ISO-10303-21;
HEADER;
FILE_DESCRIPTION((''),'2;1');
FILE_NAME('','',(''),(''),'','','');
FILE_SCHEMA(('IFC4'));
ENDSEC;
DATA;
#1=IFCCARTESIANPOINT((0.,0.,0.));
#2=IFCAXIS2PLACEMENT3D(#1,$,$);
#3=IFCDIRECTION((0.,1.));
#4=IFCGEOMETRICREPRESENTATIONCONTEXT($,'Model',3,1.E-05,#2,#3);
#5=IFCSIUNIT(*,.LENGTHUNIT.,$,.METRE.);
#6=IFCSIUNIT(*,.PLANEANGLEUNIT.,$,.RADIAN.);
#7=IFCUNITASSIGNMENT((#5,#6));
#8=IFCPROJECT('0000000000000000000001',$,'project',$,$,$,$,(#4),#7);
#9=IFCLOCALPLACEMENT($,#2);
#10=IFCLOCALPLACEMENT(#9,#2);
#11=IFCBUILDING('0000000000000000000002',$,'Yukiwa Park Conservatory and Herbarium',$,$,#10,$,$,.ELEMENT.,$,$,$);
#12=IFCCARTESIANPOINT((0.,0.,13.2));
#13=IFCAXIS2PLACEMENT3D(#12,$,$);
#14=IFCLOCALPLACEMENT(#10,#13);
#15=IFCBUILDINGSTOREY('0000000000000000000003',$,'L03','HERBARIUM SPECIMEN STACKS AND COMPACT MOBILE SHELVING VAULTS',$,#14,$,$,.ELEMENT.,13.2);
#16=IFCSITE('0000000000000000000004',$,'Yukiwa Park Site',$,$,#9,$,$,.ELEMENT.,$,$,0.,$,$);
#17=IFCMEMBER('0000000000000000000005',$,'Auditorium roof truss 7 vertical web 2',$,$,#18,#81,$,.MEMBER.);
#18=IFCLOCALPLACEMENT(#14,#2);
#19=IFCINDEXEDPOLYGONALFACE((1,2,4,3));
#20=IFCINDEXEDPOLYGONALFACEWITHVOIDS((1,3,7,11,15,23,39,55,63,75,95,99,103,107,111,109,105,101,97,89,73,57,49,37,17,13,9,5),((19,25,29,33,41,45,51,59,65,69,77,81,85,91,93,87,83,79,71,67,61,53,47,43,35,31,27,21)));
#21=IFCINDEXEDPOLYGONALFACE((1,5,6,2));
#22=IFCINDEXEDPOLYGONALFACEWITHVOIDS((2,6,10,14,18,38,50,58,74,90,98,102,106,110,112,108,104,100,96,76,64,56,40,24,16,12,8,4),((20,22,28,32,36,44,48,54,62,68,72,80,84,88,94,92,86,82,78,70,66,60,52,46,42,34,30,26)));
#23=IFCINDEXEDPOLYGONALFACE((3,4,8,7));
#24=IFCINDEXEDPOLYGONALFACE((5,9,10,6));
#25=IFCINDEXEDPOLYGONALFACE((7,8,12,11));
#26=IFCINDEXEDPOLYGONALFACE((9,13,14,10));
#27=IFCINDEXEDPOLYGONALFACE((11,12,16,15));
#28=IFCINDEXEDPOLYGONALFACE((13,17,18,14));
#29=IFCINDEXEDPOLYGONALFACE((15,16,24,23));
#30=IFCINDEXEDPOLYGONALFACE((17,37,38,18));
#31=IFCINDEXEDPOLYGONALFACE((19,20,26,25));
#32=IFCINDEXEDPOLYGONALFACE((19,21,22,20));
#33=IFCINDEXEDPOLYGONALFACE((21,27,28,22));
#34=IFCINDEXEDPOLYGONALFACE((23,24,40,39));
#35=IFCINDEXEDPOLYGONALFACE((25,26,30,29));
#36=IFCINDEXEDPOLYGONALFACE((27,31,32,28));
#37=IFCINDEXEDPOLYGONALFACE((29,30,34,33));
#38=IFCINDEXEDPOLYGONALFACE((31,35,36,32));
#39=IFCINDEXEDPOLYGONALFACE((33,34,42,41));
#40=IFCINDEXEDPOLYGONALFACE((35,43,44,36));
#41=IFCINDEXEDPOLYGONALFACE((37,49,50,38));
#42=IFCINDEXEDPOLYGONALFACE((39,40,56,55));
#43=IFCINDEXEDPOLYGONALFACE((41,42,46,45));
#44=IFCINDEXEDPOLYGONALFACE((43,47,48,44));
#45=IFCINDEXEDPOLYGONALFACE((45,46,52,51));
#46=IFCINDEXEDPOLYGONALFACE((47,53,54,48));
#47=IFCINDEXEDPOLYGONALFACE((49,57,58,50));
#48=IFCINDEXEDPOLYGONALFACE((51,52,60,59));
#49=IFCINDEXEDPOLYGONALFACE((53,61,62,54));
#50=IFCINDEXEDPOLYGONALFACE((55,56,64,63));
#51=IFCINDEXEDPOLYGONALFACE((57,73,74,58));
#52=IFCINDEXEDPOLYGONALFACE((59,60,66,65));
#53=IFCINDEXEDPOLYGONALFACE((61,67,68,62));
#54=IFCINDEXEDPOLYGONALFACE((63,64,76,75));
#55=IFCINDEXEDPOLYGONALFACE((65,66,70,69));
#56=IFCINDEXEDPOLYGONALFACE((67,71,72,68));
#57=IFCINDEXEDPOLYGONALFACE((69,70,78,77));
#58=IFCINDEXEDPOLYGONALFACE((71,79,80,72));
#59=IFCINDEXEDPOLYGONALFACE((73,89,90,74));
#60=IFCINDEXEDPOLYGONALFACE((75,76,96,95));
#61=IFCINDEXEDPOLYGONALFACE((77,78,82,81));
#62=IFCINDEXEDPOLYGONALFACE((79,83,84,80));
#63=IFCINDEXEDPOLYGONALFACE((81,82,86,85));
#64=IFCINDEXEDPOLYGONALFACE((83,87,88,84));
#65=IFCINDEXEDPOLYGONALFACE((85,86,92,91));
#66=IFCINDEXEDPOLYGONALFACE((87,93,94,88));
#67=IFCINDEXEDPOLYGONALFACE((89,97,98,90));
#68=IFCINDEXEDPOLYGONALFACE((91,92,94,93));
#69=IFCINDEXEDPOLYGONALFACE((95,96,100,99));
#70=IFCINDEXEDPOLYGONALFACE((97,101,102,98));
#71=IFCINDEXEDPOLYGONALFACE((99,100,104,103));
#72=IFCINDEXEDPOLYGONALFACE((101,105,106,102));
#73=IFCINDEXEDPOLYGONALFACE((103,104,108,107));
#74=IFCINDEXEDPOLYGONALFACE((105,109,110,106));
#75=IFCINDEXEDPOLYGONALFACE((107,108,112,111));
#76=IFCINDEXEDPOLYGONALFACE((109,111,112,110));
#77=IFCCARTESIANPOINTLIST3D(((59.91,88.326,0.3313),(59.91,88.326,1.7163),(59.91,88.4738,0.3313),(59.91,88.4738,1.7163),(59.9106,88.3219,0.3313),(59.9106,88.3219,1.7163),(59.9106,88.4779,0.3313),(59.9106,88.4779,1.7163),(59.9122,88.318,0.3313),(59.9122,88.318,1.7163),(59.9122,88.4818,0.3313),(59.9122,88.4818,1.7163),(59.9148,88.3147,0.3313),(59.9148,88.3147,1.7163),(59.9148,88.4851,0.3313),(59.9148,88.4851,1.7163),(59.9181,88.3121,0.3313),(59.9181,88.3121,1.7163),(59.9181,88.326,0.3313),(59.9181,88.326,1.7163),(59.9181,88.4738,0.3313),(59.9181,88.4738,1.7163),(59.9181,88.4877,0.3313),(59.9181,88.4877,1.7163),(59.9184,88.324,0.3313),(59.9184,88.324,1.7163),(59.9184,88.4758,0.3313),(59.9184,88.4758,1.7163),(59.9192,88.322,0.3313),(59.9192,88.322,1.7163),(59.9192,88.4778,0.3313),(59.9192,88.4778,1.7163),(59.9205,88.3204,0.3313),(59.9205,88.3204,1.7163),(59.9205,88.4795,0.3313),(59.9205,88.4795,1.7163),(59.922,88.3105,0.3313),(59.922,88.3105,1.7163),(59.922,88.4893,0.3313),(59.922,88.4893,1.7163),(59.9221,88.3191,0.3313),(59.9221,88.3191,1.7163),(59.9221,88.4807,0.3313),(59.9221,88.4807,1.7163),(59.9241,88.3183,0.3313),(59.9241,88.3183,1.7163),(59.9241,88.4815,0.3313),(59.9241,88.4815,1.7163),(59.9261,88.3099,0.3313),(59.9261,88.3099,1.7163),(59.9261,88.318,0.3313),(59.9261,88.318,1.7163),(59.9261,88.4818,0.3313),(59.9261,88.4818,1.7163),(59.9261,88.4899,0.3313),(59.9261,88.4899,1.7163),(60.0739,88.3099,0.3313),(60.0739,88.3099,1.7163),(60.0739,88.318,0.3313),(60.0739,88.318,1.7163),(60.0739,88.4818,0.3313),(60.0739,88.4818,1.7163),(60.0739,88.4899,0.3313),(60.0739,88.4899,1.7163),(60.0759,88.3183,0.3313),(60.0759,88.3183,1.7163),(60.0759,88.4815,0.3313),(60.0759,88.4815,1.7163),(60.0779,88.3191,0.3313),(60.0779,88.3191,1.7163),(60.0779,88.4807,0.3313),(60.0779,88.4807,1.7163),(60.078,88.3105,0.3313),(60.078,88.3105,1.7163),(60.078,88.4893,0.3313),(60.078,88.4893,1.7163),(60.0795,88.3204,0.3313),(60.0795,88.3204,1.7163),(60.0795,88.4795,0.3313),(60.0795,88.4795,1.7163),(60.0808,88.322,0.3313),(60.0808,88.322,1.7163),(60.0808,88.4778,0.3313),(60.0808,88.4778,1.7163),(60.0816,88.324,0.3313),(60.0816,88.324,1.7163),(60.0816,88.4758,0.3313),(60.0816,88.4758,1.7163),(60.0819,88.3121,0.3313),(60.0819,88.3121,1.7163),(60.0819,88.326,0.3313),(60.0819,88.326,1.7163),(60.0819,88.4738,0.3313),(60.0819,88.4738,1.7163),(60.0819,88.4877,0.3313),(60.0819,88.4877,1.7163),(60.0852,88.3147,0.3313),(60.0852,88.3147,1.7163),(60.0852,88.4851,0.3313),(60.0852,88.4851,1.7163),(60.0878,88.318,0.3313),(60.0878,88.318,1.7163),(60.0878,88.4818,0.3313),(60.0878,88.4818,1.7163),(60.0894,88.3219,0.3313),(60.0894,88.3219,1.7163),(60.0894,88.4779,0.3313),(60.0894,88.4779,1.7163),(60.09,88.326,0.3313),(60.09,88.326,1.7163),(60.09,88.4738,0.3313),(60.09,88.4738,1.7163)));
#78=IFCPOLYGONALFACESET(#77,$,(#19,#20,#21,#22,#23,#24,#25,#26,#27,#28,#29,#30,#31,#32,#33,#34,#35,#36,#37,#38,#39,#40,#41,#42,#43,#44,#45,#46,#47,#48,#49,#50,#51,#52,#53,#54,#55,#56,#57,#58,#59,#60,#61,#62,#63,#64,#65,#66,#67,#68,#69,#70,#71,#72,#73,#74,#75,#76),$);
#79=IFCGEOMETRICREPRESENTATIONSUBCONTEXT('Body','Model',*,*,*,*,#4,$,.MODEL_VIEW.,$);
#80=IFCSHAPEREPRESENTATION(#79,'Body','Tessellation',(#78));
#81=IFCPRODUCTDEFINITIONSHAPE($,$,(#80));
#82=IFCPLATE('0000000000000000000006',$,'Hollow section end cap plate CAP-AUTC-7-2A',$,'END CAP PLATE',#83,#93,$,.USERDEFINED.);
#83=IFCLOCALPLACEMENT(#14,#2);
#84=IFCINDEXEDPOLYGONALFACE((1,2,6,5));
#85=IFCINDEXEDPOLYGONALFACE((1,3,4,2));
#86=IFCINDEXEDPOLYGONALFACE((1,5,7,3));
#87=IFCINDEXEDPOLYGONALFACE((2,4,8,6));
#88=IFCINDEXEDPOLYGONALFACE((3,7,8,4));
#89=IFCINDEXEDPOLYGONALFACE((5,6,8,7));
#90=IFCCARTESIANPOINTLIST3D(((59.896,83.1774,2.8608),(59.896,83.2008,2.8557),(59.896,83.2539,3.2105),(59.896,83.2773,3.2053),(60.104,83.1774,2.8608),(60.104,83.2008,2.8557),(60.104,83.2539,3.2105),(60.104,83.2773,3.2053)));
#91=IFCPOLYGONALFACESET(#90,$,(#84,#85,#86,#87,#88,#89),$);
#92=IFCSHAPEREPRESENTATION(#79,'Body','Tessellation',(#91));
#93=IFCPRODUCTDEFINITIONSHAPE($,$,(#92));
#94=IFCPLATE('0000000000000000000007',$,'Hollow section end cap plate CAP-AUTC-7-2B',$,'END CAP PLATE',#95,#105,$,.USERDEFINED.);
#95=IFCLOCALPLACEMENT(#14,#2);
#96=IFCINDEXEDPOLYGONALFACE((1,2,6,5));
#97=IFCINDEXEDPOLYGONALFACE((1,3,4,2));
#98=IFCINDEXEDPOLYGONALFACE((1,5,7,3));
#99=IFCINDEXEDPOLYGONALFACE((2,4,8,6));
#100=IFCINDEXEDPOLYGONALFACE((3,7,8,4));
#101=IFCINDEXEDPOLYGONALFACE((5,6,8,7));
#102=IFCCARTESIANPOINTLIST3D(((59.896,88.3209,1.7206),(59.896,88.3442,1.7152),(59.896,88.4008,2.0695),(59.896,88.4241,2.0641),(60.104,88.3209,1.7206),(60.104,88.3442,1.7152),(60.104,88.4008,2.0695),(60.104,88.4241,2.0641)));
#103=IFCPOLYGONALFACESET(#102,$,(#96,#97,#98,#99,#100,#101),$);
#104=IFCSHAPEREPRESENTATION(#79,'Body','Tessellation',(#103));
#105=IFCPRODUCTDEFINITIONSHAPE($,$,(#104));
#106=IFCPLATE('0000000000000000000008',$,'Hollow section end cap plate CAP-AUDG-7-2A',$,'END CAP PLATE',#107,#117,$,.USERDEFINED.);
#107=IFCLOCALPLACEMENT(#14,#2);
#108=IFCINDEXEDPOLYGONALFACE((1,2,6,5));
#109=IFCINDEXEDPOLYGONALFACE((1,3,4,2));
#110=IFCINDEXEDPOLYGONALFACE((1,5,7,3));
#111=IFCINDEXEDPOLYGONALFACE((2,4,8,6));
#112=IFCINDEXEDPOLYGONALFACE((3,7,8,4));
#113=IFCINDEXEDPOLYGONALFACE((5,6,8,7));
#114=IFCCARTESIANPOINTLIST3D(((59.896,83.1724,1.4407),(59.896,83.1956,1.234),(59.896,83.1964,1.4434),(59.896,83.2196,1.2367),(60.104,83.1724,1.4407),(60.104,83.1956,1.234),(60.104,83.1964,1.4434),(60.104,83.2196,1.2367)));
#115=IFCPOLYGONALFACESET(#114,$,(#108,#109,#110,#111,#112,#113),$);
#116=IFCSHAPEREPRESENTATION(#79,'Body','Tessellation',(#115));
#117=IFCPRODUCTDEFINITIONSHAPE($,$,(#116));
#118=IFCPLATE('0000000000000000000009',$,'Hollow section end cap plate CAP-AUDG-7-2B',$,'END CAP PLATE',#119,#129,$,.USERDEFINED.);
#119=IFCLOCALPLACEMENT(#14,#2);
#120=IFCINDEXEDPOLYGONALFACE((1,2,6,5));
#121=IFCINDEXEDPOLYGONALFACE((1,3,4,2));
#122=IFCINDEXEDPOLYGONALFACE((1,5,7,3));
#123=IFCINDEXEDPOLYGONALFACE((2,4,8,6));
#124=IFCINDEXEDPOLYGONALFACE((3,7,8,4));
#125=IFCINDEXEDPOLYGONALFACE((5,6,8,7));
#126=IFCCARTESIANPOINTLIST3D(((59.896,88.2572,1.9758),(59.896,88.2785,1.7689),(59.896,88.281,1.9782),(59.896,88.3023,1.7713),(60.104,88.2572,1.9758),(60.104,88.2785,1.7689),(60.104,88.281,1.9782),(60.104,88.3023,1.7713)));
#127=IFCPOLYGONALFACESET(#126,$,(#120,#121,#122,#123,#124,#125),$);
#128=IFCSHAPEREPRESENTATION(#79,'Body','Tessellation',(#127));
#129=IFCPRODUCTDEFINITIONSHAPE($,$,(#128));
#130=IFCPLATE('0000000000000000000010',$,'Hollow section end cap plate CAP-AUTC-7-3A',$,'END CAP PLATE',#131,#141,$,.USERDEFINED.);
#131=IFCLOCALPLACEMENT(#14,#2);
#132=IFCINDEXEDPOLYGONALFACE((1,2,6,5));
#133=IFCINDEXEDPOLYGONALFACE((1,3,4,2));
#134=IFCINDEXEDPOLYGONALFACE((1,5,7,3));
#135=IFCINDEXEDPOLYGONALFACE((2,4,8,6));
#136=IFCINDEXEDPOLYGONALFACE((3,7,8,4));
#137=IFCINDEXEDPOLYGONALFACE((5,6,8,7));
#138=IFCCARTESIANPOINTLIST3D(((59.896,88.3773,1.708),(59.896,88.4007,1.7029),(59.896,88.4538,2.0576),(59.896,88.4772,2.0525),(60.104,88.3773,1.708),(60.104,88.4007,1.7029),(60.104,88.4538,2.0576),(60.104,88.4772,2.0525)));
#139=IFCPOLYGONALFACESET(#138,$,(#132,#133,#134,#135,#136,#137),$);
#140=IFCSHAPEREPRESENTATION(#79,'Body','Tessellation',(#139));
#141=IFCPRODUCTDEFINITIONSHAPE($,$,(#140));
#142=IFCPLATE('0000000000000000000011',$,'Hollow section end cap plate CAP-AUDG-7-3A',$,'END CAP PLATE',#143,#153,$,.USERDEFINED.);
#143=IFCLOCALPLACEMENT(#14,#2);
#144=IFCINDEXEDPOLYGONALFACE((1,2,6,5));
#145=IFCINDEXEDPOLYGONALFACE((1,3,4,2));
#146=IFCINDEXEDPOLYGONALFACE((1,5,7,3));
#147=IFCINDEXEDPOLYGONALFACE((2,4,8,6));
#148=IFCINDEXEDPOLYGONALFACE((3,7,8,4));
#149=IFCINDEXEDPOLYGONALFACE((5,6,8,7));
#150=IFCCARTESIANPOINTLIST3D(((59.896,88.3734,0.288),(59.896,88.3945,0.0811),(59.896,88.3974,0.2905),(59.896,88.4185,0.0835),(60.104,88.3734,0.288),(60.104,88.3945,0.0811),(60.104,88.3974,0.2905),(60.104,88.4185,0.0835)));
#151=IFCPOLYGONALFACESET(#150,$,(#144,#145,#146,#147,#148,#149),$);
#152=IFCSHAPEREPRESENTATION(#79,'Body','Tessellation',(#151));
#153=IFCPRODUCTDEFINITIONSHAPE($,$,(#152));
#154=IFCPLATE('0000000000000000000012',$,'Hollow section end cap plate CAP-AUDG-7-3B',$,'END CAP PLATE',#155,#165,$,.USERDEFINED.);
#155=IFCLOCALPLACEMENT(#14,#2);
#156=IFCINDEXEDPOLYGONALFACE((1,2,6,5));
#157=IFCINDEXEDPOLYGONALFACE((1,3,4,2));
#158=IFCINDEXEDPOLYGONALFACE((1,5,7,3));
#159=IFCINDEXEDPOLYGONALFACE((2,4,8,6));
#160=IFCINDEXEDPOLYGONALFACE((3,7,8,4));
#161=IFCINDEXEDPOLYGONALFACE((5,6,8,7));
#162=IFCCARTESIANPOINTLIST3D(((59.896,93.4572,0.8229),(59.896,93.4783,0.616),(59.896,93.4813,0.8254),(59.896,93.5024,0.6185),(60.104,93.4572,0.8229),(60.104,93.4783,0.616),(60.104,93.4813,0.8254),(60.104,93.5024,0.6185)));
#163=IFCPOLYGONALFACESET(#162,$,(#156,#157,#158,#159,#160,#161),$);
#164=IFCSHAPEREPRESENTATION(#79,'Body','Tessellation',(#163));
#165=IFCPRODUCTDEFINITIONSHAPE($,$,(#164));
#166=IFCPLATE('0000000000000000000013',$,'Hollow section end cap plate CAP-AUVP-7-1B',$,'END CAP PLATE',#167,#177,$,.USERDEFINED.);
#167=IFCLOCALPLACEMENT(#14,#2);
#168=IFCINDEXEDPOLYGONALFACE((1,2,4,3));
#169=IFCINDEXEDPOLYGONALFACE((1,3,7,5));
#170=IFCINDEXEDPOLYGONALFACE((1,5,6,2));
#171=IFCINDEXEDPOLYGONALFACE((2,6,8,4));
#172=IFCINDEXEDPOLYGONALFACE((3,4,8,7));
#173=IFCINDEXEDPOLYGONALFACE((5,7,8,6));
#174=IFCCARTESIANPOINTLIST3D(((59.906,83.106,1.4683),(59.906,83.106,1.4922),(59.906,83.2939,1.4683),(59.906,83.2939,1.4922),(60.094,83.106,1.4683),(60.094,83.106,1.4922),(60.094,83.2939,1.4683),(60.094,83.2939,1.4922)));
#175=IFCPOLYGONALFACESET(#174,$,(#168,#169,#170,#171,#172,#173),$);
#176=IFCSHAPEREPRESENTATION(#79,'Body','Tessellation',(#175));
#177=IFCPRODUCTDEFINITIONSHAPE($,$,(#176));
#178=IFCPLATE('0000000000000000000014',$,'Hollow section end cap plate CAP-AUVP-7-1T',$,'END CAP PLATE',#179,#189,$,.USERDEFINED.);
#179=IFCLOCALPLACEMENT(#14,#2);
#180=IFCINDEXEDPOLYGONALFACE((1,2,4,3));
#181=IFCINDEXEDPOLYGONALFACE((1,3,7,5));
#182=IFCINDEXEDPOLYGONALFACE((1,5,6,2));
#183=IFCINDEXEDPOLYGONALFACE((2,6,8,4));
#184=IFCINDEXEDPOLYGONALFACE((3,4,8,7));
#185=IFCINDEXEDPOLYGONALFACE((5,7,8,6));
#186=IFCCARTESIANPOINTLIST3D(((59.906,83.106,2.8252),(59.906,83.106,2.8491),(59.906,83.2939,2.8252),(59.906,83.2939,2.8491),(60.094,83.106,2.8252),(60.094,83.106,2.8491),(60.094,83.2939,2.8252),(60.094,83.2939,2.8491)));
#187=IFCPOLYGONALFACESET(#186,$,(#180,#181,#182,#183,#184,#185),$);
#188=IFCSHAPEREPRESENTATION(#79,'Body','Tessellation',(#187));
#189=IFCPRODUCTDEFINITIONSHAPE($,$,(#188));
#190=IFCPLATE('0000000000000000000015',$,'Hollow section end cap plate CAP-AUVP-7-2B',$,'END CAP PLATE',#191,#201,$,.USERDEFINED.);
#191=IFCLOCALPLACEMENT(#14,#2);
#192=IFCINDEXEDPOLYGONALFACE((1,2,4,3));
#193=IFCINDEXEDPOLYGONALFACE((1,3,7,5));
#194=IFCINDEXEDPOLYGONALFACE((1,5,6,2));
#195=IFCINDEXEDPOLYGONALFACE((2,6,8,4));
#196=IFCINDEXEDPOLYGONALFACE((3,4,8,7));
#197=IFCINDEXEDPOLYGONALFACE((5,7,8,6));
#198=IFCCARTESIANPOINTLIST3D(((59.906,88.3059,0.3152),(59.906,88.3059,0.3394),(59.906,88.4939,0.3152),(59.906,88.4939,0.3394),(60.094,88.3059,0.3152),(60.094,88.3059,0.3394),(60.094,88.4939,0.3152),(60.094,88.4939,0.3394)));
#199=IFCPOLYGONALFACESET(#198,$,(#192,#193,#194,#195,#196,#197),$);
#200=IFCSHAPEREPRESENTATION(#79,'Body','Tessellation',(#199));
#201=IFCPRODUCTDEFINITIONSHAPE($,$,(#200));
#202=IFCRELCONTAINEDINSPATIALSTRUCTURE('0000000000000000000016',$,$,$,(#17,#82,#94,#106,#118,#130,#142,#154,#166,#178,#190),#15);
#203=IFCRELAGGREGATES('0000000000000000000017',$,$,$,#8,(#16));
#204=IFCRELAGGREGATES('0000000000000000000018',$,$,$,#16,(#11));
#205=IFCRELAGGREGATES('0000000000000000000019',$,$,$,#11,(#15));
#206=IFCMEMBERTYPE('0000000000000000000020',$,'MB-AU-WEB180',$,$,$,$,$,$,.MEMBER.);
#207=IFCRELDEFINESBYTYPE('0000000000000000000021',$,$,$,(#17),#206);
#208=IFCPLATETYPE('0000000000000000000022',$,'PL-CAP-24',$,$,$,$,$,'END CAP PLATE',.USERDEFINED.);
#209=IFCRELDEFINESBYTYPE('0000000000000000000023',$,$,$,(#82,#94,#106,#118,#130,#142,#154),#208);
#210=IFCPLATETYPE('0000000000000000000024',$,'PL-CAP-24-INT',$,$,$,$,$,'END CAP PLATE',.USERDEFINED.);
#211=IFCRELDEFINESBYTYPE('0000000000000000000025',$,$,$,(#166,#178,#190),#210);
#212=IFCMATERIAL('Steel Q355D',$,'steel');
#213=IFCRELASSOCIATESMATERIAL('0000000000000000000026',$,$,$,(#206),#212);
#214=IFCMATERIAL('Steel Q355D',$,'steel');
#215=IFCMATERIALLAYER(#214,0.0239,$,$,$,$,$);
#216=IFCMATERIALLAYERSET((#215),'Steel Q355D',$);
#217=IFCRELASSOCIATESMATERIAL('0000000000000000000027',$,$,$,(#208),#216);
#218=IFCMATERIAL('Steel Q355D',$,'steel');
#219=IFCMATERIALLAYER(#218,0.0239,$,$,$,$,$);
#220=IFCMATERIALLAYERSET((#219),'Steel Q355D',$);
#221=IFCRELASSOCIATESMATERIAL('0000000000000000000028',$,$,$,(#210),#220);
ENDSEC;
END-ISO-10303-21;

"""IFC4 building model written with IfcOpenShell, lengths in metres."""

from ifc_helpers import new_model, si_unit, direction, frame, origin, origin_2d, place, context, subcontext, project, spatial, rectangle, hollow_rectangle, extrude, material, layer, layer_set, material_profile, profile_set, type_object, element, save


model = new_model("IFC4")

# Units and contexts
model_context = context("Model", 3, precision=1e-05, world=origin(), true_north=direction((0.0, 1.0)))
body_context = subcontext(model_context, "Body", "Model", "MODEL_VIEW")
ifc_project = project(units=[si_unit("LENGTHUNIT", "METRE"), si_unit("PLANEANGLEUNIT", "RADIAN")], contexts=[model_context])

# Site, building, storey
site_placement = place(None, origin())
site = spatial("IfcSite", under=ifc_project, at=site_placement, Name="Yukiwa Park Site", CompositionType="ELEMENT", RefElevation=0.0)
building_placement = place(site_placement, origin())
building = spatial("IfcBuilding", under=site, at=building_placement, Name="Yukiwa Park Conservatory and Herbarium", CompositionType="ELEMENT")
storey_placement = place(building_placement, frame((0.0, 0.0, 13.2)))
storey = spatial("IfcBuildingStorey", under=building, at=storey_placement, Name="L03", Description="HERBARIUM SPECIMEN STACKS AND COMPACT MOBILE SHELVING VAULTS", CompositionType="ELEMENT", Elevation=13.2)

# Member
ifc_material_1 = material(Name="Steel Q355D", Category="steel")
ifc_material_profile_1 = material_profile(ifc_material_1, hollow_rectangle(XDim=0.1799, YDim=0.1799, WallThickness=0.0081, InnerFilletRadius=0.0081, OuterFilletRadius=0.0161, at=origin_2d()), Name="SHS 180x180x8")
ifc_profile_set_1 = profile_set([ifc_material_profile_1], Name="Steel Q355D")
member_type_1 = type_object("IfcMemberType", Name="MB-AU-WEB180", PredefinedType="MEMBER", material=ifc_profile_set_1)
for number, where, z_axis, x_axis, name in (
    (1, (60.0, 88.3999, 0.3313), (0.0, 0.0, 1.0), (1.0, 0.0, 0.0), "Auditorium roof truss 7 vertical web 2"),
):
    element("IfcMember", number, at=place(storey_placement, frame(where, z_axis=z_axis, x_axis=x_axis)), inside=storey, type_object=member_type_1, Name=name, PredefinedType="MEMBER", context=body_context, shape_type="SweptSolid", body=[
        extrude(hollow_rectangle(XDim=0.1799, YDim=0.1799, WallThickness=0.0081, InnerFilletRadius=0.0081, OuterFilletRadius=0.0161, at=origin_2d()), origin(), (0.0, 0.0, 1.0), 1.385),
    ])

# Plates
ifc_material_2 = material(Name="Steel Q355D", Category="steel")
ifc_layer_1 = layer(ifc_material_2, 0.0239)
ifc_layer_set_1 = layer_set([ifc_layer_1], Name="Steel Q355D")
plate_type_1 = type_object("IfcPlateType", Name="PL-CAP-24", ElementType="END CAP PLATE", PredefinedType="USERDEFINED", material=ifc_layer_set_1)
for number, where, z_axis, x_axis, name in (
    (2, (60.0, 83.239, 3.0305), (0.0, -0.9769, 0.213697), (1.0, 0.0, 0.0), "Hollow section end cap plate CAP-AUTC-7-2A"),
    (3, (60.0, 88.3608, 1.895), (0.0, 0.974732, -0.223376), (-1.0, 0.0, 0.0), "Hollow section end cap plate CAP-AUTC-7-2B"),
):
    element("IfcPlate", number, at=place(storey_placement, frame(where, z_axis=z_axis, x_axis=x_axis)), inside=storey, type_object=plate_type_1, Name=name, ObjectType="END CAP PLATE", PredefinedType="USERDEFINED", context=body_context, shape_type="SweptSolid", body=[
        extrude(rectangle(XDim=0.208, YDim=0.3579, at=origin_2d()), origin(), (0.0, 0.0, 1.0), 0.0239),
    ])
plate_1_placement = place(storey_placement, frame((60.0, 83.208, 1.3401), z_axis=(0.0, -0.993759, -0.111544), x_axis=(1.0, 0.0, 0.0)))
element("IfcPlate", 4, at=plate_1_placement, inside=storey, type_object=plate_type_1, Name="Hollow section end cap plate CAP-AUDG-7-2A", ObjectType="END CAP PLATE", PredefinedType="USERDEFINED", context=body_context, shape_type="SweptSolid", body=[
    extrude(rectangle(XDim=0.208, YDim=0.208, at=origin_2d()), origin(), (0.0, 0.0, 1.0), 0.0242),
])
plate_2_placement = place(storey_placement, frame((60.0, 88.2678, 1.8723), z_axis=(0.0, 0.994728, 0.102549), x_axis=(-1.0, 0.0, 0.0)))
element("IfcPlate", 5, at=plate_2_placement, inside=storey, type_object=plate_type_1, Name="Hollow section end cap plate CAP-AUDG-7-2B", ObjectType="END CAP PLATE", PredefinedType="USERDEFINED", context=body_context, shape_type="SweptSolid", body=[
    extrude(rectangle(XDim=0.208, YDim=0.208, at=origin_2d()), origin(), (0.0, 0.0, 1.0), 0.0239),
])
plate_3_placement = place(storey_placement, frame((60.0, 88.439, 1.8777), z_axis=(0.0, -0.9769, 0.213697), x_axis=(1.0, 0.0, 0.0)))
element("IfcPlate", 6, at=plate_3_placement, inside=storey, type_object=plate_type_1, Name="Hollow section end cap plate CAP-AUTC-7-3A", ObjectType="END CAP PLATE", PredefinedType="USERDEFINED", context=body_context, shape_type="SweptSolid", body=[
    extrude(rectangle(XDim=0.208, YDim=0.3579, at=origin_2d()), origin(), (0.0, 0.0, 1.0), 0.0239),
])
for number, where, z_axis, x_axis, name in (
    (7, (60.0, 88.408, 0.187), (0.0, -0.994834, -0.101514), (1.0, 0.0, 0.0), "Hollow section end cap plate CAP-AUDG-7-3A"),
    (8, (60.0, 93.4678, 0.7195), (0.0, 0.994834, 0.101514), (-1.0, 0.0, 0.0), "Hollow section end cap plate CAP-AUDG-7-3B"),
):
    element("IfcPlate", number, at=place(storey_placement, frame(where, z_axis=z_axis, x_axis=x_axis)), inside=storey, type_object=plate_type_1, Name=name, ObjectType="END CAP PLATE", PredefinedType="USERDEFINED", context=body_context, shape_type="SweptSolid", body=[
        extrude(rectangle(XDim=0.208, YDim=0.208, at=origin_2d()), origin(), (0.0, 0.0, 1.0), 0.0242),
    ])
ifc_material_3 = material(Name="Steel Q355D", Category="steel")
ifc_layer_2 = layer(ifc_material_3, 0.0239)
ifc_layer_set_2 = layer_set([ifc_layer_2], Name="Steel Q355D")
plate_type_2 = type_object("IfcPlateType", Name="PL-CAP-24-INT", ElementType="END CAP PLATE", PredefinedType="USERDEFINED", material=ifc_layer_set_2)
for number, where, z_axis, x_axis, name in (
    (9, (60.0, 83.2, 1.4922), (0.0, 0.0, -1.0), (1.0, 0.0, 0.0), "Hollow section end cap plate CAP-AUVP-7-1B"),
    (10, (60.0, 83.2, 2.8252), (0.0, 0.0, 1.0), (1.0, 0.0, 0.0), "Hollow section end cap plate CAP-AUVP-7-1T"),
):
    element("IfcPlate", number, at=place(storey_placement, frame(where, z_axis=z_axis, x_axis=x_axis)), inside=storey, type_object=plate_type_2, Name=name, ObjectType="END CAP PLATE", PredefinedType="USERDEFINED", context=body_context, shape_type="SweptSolid", body=[
        extrude(rectangle(XDim=0.188, YDim=0.188, at=origin_2d()), origin(), (0.0, 0.0, 1.0), 0.0239),
    ])
plate_4_placement = place(storey_placement, frame((60.0, 88.3999, 0.3394), z_axis=(0.0, 0.0, -1.0), x_axis=(1.0, 0.0, 0.0)))
element("IfcPlate", 11, at=plate_4_placement, inside=storey, type_object=plate_type_2, Name="Hollow section end cap plate CAP-AUVP-7-2B", ObjectType="END CAP PLATE", PredefinedType="USERDEFINED", context=body_context, shape_type="SweptSolid", body=[
    extrude(rectangle(XDim=0.188, YDim=0.188, at=origin_2d()), origin(), (0.0, 0.0, 1.0), 0.0242),
])

save(model, "model.ifc")
